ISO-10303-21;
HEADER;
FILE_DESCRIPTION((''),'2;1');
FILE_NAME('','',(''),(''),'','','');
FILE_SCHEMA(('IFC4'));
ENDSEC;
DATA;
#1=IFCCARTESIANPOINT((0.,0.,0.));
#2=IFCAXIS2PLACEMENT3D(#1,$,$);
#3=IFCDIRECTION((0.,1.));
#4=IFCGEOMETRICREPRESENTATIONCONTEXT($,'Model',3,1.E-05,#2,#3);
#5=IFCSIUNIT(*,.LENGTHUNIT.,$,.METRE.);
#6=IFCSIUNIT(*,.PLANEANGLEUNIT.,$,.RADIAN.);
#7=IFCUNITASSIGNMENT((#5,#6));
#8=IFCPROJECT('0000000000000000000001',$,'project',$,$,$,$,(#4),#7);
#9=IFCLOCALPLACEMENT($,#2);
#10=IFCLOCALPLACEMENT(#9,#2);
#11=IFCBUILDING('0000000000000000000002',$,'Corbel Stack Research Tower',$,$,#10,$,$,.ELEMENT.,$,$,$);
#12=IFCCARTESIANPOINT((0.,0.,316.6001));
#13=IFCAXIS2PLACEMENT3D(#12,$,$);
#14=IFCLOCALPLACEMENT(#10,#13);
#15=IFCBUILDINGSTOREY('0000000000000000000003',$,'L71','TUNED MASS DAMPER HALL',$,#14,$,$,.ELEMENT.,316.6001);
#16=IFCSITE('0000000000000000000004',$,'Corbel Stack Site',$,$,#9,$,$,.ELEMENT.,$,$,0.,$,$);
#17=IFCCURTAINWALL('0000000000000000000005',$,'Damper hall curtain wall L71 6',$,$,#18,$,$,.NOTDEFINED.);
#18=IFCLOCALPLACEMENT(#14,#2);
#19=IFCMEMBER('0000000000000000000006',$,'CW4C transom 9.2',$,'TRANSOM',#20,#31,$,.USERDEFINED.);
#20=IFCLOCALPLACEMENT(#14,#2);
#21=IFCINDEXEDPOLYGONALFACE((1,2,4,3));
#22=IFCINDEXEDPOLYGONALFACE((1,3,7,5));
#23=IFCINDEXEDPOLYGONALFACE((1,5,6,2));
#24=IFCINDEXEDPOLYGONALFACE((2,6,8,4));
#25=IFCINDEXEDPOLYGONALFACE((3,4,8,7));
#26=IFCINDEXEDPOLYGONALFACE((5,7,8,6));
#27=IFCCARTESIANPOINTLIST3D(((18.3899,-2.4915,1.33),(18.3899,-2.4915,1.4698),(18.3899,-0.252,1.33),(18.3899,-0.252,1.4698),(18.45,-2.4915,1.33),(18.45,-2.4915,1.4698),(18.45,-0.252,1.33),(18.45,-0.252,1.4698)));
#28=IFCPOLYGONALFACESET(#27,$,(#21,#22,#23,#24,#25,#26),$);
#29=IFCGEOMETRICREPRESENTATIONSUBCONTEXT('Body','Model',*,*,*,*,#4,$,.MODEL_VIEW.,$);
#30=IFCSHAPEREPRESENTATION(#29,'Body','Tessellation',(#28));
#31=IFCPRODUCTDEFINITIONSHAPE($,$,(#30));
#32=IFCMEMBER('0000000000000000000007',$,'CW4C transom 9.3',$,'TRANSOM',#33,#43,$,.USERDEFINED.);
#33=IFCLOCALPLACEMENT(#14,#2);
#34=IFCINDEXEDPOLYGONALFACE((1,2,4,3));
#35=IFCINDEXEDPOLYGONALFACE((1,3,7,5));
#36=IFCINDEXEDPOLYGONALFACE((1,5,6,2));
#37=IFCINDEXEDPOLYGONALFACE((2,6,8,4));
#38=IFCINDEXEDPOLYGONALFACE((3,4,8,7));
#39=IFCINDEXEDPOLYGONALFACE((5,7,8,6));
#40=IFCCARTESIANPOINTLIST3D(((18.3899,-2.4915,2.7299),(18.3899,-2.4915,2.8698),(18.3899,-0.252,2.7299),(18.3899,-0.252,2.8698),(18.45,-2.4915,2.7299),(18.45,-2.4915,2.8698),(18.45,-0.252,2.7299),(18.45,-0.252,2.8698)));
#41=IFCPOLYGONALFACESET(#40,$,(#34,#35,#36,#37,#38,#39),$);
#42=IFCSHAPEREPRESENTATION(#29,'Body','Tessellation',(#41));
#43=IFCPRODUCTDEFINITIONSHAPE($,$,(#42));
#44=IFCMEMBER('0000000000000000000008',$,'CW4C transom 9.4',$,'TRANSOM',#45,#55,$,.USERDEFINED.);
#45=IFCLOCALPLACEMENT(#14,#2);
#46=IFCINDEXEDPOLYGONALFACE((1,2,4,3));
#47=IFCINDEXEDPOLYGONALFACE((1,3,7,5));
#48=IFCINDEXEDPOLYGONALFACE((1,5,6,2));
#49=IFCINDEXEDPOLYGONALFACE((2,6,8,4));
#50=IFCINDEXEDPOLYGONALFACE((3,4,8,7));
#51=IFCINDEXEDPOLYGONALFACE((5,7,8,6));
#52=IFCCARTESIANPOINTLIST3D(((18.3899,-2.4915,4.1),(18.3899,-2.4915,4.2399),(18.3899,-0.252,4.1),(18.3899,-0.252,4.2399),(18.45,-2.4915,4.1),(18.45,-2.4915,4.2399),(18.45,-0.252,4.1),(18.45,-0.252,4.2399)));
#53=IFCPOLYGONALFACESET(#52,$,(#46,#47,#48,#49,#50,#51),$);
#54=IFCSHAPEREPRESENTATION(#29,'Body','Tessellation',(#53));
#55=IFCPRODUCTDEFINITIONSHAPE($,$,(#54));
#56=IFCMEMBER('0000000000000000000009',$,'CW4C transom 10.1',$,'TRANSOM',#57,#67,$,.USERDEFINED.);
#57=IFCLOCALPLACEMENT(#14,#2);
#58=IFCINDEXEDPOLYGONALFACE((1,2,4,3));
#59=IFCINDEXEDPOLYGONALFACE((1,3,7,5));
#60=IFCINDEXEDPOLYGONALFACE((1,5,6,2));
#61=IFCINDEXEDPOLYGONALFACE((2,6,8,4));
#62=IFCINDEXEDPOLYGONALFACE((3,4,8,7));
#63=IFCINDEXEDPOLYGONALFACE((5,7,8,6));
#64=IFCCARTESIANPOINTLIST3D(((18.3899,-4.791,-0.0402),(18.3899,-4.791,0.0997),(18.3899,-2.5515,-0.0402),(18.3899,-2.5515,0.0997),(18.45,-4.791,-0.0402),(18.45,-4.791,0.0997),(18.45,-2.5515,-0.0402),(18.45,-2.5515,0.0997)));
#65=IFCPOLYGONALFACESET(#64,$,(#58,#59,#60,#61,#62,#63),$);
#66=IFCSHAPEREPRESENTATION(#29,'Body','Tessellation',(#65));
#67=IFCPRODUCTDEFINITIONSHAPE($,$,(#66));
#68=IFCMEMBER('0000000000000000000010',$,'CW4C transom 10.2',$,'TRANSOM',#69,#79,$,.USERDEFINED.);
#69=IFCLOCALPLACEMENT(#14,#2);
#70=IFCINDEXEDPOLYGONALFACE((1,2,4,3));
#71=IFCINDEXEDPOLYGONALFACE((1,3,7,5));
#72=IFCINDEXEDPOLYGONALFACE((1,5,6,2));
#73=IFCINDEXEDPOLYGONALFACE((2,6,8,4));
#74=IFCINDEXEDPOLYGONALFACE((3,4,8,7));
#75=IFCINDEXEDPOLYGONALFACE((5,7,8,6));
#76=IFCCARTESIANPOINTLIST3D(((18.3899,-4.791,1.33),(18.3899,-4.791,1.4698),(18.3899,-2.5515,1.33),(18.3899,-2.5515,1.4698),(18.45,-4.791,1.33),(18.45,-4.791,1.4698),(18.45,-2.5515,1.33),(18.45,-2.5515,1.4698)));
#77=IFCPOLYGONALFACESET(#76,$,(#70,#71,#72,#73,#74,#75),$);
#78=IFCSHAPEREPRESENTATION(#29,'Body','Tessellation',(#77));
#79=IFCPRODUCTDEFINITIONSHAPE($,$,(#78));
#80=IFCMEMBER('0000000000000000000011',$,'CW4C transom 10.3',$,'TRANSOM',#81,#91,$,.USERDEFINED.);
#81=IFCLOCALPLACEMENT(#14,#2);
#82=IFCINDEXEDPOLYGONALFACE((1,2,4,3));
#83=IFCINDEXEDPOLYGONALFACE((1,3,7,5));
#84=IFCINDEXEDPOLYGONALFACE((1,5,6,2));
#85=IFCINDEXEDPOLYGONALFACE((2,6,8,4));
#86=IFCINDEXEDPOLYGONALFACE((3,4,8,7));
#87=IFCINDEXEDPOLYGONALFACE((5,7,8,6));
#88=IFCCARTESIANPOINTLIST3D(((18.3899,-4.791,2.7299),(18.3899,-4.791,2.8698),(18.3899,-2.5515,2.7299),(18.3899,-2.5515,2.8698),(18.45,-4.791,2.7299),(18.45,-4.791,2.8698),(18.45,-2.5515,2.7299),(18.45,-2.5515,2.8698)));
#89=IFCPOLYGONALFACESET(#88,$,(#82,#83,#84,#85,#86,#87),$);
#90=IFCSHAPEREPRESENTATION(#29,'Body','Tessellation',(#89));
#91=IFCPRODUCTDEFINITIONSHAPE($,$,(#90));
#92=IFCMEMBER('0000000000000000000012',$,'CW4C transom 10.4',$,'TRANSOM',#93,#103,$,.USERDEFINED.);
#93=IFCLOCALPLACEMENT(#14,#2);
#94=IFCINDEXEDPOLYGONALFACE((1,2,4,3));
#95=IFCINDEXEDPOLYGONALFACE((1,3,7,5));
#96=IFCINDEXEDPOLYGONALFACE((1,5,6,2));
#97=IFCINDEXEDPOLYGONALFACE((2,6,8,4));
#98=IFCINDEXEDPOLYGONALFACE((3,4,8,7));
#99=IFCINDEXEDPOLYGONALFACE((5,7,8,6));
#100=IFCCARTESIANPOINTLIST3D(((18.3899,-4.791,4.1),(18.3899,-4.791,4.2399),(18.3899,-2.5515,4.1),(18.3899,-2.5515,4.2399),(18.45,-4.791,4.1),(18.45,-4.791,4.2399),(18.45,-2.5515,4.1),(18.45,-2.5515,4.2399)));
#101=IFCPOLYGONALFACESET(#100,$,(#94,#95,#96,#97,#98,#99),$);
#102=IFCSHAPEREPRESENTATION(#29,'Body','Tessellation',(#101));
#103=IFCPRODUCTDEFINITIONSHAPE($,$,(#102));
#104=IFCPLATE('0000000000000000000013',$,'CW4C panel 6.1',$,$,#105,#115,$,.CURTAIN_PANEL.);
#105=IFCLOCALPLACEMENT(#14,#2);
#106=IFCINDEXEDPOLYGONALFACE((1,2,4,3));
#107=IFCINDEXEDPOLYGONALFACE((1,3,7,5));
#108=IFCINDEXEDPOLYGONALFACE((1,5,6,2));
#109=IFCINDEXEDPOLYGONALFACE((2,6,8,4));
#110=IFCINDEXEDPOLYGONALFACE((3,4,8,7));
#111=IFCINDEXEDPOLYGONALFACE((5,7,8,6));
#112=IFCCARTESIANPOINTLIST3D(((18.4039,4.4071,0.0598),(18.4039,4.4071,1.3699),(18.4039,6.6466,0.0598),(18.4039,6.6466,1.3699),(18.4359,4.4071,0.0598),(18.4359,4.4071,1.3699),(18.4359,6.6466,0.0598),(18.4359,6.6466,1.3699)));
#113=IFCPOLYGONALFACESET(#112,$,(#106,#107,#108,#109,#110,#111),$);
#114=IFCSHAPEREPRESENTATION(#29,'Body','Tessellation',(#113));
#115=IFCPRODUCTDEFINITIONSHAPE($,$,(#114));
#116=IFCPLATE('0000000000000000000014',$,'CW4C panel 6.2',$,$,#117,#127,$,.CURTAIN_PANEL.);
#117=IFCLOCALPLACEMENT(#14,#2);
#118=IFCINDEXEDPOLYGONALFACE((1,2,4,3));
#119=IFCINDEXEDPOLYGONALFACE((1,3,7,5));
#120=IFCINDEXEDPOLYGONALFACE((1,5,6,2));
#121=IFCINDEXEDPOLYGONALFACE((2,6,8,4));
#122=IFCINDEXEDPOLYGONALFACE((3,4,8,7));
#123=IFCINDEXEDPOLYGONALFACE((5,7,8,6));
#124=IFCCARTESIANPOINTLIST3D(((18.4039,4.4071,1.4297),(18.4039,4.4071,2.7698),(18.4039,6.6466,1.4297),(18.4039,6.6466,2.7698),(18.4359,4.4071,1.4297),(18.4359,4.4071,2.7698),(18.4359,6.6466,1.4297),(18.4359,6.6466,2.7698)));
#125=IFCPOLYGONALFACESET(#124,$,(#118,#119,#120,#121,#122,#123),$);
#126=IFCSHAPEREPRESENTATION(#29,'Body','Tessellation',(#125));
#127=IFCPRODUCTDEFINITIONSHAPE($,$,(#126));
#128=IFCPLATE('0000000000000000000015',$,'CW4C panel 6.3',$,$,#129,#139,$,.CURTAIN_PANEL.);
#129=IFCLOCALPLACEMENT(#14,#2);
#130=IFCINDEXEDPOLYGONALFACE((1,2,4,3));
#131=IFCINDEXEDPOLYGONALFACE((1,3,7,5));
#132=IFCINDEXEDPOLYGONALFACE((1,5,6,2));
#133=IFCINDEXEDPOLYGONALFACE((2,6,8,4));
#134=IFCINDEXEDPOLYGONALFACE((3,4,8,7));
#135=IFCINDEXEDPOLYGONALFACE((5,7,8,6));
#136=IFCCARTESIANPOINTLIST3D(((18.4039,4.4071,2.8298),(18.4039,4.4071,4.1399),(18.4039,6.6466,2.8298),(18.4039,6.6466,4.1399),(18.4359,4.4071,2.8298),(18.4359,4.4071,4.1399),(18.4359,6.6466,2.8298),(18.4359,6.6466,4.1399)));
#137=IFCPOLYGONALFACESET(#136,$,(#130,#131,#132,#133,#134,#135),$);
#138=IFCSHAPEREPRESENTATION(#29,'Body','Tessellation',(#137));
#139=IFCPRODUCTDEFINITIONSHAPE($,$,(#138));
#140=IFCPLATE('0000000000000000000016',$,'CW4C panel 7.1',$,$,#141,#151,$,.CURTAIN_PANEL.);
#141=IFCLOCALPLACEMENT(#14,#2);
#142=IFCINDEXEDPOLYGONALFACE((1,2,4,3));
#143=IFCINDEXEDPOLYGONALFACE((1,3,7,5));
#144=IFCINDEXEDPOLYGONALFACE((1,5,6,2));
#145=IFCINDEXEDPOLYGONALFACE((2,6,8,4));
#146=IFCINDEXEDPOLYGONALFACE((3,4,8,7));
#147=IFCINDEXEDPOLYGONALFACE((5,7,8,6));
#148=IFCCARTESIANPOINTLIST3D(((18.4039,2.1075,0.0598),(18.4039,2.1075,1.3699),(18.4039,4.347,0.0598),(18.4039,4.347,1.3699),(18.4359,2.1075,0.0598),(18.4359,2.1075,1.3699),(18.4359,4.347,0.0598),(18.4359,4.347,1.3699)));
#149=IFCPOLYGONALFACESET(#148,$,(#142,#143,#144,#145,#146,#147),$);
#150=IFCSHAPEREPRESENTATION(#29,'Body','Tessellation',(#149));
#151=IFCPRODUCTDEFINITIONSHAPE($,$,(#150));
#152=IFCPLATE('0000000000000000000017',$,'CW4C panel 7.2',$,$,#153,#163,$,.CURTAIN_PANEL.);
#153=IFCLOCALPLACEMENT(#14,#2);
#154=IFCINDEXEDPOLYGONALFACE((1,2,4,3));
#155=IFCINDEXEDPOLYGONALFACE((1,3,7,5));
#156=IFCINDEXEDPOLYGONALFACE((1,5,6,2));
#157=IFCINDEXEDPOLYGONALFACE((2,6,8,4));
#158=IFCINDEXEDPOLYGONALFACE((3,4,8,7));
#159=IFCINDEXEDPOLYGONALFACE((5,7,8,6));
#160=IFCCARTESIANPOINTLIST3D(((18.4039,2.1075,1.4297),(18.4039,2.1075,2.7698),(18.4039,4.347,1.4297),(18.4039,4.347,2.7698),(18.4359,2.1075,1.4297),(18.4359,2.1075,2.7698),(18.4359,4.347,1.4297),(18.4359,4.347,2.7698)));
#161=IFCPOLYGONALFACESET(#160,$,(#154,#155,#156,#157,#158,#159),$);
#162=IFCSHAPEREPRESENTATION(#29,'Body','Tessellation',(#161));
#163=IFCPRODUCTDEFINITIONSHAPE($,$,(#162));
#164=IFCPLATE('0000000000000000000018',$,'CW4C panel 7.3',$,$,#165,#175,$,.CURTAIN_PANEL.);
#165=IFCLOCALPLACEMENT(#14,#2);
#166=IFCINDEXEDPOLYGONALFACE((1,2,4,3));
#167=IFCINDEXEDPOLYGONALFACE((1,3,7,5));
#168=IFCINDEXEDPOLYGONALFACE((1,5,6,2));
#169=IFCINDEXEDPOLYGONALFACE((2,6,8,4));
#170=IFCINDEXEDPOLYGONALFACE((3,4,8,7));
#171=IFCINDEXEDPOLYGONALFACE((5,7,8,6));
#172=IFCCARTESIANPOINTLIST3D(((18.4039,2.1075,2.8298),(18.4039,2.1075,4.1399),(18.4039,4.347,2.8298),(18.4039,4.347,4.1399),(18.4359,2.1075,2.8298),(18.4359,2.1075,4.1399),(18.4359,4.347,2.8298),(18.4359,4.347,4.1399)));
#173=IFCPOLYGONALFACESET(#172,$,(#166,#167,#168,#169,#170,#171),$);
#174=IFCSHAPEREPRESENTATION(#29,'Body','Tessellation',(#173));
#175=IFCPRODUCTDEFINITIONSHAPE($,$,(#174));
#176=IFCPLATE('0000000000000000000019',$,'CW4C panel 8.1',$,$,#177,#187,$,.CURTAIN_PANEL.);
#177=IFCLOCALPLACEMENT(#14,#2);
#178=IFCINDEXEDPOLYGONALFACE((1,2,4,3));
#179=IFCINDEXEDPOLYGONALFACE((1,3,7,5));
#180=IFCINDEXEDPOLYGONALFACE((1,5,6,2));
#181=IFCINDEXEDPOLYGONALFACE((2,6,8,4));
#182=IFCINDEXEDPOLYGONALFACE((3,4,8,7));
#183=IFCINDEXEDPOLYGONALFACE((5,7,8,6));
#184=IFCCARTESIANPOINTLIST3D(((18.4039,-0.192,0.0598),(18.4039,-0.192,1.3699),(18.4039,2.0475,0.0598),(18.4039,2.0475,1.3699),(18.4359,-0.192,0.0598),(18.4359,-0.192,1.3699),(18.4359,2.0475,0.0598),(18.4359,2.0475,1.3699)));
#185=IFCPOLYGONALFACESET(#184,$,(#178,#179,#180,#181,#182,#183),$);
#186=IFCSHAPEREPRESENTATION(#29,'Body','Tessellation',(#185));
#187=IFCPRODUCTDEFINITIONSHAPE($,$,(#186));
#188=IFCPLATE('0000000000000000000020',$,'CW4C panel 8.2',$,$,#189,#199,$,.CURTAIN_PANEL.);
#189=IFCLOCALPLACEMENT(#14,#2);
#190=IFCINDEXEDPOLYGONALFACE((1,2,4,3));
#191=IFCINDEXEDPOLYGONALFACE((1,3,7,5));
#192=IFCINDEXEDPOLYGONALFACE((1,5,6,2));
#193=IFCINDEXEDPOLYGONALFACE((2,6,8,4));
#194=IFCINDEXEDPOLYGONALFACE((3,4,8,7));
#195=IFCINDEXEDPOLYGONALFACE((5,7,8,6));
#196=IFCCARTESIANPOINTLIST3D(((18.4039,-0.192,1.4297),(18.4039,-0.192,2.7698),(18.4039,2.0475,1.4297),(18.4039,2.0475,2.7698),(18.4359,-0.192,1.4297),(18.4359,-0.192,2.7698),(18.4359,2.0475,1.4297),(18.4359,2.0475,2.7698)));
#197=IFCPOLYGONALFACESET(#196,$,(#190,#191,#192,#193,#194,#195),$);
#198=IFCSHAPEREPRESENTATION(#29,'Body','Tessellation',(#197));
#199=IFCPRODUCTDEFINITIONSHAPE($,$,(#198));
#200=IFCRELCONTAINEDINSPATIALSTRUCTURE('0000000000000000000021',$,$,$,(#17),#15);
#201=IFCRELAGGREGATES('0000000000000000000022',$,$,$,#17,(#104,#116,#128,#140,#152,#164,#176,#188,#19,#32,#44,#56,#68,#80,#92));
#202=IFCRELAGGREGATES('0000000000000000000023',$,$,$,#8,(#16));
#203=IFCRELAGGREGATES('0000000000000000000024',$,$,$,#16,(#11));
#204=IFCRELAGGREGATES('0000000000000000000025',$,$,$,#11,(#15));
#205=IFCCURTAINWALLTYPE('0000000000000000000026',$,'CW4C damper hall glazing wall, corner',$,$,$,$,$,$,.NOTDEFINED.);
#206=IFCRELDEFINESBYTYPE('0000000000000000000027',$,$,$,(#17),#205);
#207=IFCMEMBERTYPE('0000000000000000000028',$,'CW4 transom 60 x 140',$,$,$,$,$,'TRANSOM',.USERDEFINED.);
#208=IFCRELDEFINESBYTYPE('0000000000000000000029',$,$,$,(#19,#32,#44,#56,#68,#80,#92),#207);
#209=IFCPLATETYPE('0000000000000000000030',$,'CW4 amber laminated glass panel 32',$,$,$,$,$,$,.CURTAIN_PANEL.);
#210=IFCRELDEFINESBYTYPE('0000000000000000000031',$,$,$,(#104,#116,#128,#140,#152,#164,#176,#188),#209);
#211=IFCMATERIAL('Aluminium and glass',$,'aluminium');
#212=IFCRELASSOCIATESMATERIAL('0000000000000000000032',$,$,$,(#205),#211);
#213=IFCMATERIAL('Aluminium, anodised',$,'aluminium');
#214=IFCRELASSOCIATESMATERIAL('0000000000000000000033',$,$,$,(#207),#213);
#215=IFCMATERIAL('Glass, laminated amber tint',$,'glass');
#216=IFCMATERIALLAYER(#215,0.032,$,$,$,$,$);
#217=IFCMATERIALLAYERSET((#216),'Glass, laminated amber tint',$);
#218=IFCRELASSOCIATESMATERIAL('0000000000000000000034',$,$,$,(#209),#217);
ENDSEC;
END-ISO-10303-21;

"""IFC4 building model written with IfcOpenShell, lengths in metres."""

from ifc_helpers import new_model, si_unit, direction, frame, origin, origin_2d, place, context, subcontext, project, spatial, rectangle, extrude, material, layer, layer_set, material_profile, profile_set, type_object, element, aggregate, save


model = new_model("IFC4")

# Units and contexts
model_context = context("Model", 3, precision=1e-05, world=origin(), true_north=direction((0.0, 1.0)))
body_context = subcontext(model_context, "Body", "Model", "MODEL_VIEW")
ifc_project = project(units=[si_unit("LENGTHUNIT", "METRE"), si_unit("PLANEANGLEUNIT", "RADIAN")], contexts=[model_context])

# Site, building, storey
site_placement = place(None, origin())
site = spatial("IfcSite", under=ifc_project, at=site_placement, Name="Corbel Stack Site", CompositionType="ELEMENT", RefElevation=0.0)
building_placement = place(site_placement, origin())
building = spatial("IfcBuilding", under=site, at=building_placement, Name="Corbel Stack Research Tower", CompositionType="ELEMENT")
storey_placement = place(building_placement, frame((0.0, 0.0, 316.6001)))
storey = spatial("IfcBuildingStorey", under=building, at=storey_placement, Name="L71", Description="TUNED MASS DAMPER HALL", CompositionType="ELEMENT", Elevation=316.6001)

# Curtain wall, members, plates
ifc_material_1 = material(Name="Aluminium and glass", Category="aluminium")
curtain_wall_type = type_object("IfcCurtainWallType", Name="CW4C damper hall glazing wall, corner", PredefinedType="NOTDEFINED", material=ifc_material_1)
curtain_wall_placement = place(storey_placement, origin())
curtain_wall = element("IfcCurtainWall", 1, at=curtain_wall_placement, inside=storey, type_object=curtain_wall_type, Name="Damper hall curtain wall L71 6", PredefinedType="NOTDEFINED")
ifc_material_2 = material(Name="Aluminium, anodised", Category="aluminium")
ifc_material_profile_1 = material_profile(ifc_material_2, rectangle(XDim=0.0601, YDim=0.1399, at=origin_2d()), Name="CW4 transom 60 x 140")
ifc_profile_set_1 = profile_set([ifc_material_profile_1], Name="Aluminium, anodised")
member_type_1 = type_object("IfcMemberType", Name="CW4 transom 60 x 140", ElementType="TRANSOM", PredefinedType="USERDEFINED", material=ifc_profile_set_1)
member_1_placement = place(storey_placement, frame((18.4199, -0.252, 1.3999), z_axis=(0.0, -1.0, 0.0), x_axis=(1.0, 0.0, 0.0)))
member_1 = element("IfcMember", 2, at=member_1_placement, type_object=member_type_1, Name="CW4C transom 9.2", ObjectType="TRANSOM", PredefinedType="USERDEFINED", context=body_context, shape_type="SweptSolid", body=[
    extrude(rectangle(XDim=0.0601, YDim=0.1399, at=origin_2d()), origin(), (0.0, 0.0, 1.0), 2.2395),
])
member_2_placement = place(storey_placement, frame((18.4199, -0.252, 2.7998), z_axis=(0.0, -1.0, 0.0), x_axis=(1.0, 0.0, 0.0)))
member_2 = element("IfcMember", 3, at=member_2_placement, type_object=member_type_1, Name="CW4C transom 9.3", ObjectType="TRANSOM", PredefinedType="USERDEFINED", context=body_context, shape_type="SweptSolid", body=[
    extrude(rectangle(XDim=0.0601, YDim=0.1399, at=origin_2d()), origin(), (0.0, 0.0, 1.0), 2.2395),
])
member_3_placement = place(storey_placement, frame((18.4199, -0.252, 4.1699), z_axis=(0.0, -1.0, 0.0), x_axis=(1.0, 0.0, 0.0)))
member_3 = element("IfcMember", 4, at=member_3_placement, type_object=member_type_1, Name="CW4C transom 9.4", ObjectType="TRANSOM", PredefinedType="USERDEFINED", context=body_context, shape_type="SweptSolid", body=[
    extrude(rectangle(XDim=0.0601, YDim=0.1399, at=origin_2d()), origin(), (0.0, 0.0, 1.0), 2.2395),
])
member_4_placement = place(storey_placement, frame((18.4199, -2.5515, 0.0298), z_axis=(0.0, -1.0, 0.0), x_axis=(1.0, 0.0, 0.0)))
member_4 = element("IfcMember", 5, at=member_4_placement, type_object=member_type_1, Name="CW4C transom 10.1", ObjectType="TRANSOM", PredefinedType="USERDEFINED", context=body_context, shape_type="SweptSolid", body=[
    extrude(rectangle(XDim=0.0601, YDim=0.1399, at=origin_2d()), origin(), (0.0, 0.0, 1.0), 2.2395),
])
member_5_placement = place(storey_placement, frame((18.4199, -2.5515, 1.3999), z_axis=(0.0, -1.0, 0.0), x_axis=(1.0, 0.0, 0.0)))
member_5 = element("IfcMember", 6, at=member_5_placement, type_object=member_type_1, Name="CW4C transom 10.2", ObjectType="TRANSOM", PredefinedType="USERDEFINED", context=body_context, shape_type="SweptSolid", body=[
    extrude(rectangle(XDim=0.0601, YDim=0.1399, at=origin_2d()), origin(), (0.0, 0.0, 1.0), 2.2395),
])
member_6_placement = place(storey_placement, frame((18.4199, -2.5515, 2.7998), z_axis=(0.0, -1.0, 0.0), x_axis=(1.0, 0.0, 0.0)))
member_6 = element("IfcMember", 7, at=member_6_placement, type_object=member_type_1, Name="CW4C transom 10.3", ObjectType="TRANSOM", PredefinedType="USERDEFINED", context=body_context, shape_type="SweptSolid", body=[
    extrude(rectangle(XDim=0.0601, YDim=0.1399, at=origin_2d()), origin(), (0.0, 0.0, 1.0), 2.2395),
])
member_7_placement = place(storey_placement, frame((18.4199, -2.5515, 4.1699), z_axis=(0.0, -1.0, 0.0), x_axis=(1.0, 0.0, 0.0)))
member_7 = element("IfcMember", 8, at=member_7_placement, type_object=member_type_1, Name="CW4C transom 10.4", ObjectType="TRANSOM", PredefinedType="USERDEFINED", context=body_context, shape_type="SweptSolid", body=[
    extrude(rectangle(XDim=0.0601, YDim=0.1399, at=origin_2d()), origin(), (0.0, 0.0, 1.0), 2.2395),
])
ifc_material_3 = material(Name="Glass, laminated amber tint", Category="glass")
ifc_layer = layer(ifc_material_3, 0.032)
ifc_layer_set = layer_set([ifc_layer], Name="Glass, laminated amber tint")
plate_type = type_object("IfcPlateType", Name="CW4 amber laminated glass panel 32", PredefinedType="CURTAIN_PANEL", material=ifc_layer_set)
plate_1_placement = place(storey_placement, frame((18.4199, 5.5269, 0.0598), z_axis=(0.0, 0.0, 1.0), x_axis=(0.0, -1.0, 0.0)))
plate_1 = element("IfcPlate", 9, at=plate_1_placement, type_object=plate_type, Name="CW4C panel 6.1", PredefinedType="CURTAIN_PANEL", context=body_context, shape_type="SweptSolid", body=[
    extrude(rectangle(XDim=2.2395, YDim=0.032, at=origin_2d()), origin(), (0.0, 0.0, 1.0), 1.3101),
])
plate_2_placement = place(storey_placement, frame((18.4199, 5.5269, 1.4297), z_axis=(0.0, 0.0, 1.0), x_axis=(0.0, -1.0, 0.0)))
plate_2 = element("IfcPlate", 10, at=plate_2_placement, type_object=plate_type, Name="CW4C panel 6.2", PredefinedType="CURTAIN_PANEL", context=body_context, shape_type="SweptSolid", body=[
    extrude(rectangle(XDim=2.2395, YDim=0.032, at=origin_2d()), origin(), (0.0, 0.0, 1.0), 1.3401),
])
plate_3_placement = place(storey_placement, frame((18.4199, 5.5269, 2.8298), z_axis=(0.0, 0.0, 1.0), x_axis=(0.0, -1.0, 0.0)))
plate_3 = element("IfcPlate", 11, at=plate_3_placement, type_object=plate_type, Name="CW4C panel 6.3", PredefinedType="CURTAIN_PANEL", context=body_context, shape_type="SweptSolid", body=[
    extrude(rectangle(XDim=2.2395, YDim=0.032, at=origin_2d()), origin(), (0.0, 0.0, 1.0), 1.3101),
])
plate_4_placement = place(storey_placement, frame((18.4199, 3.2273, 0.0598), z_axis=(0.0, 0.0, 1.0), x_axis=(0.0, -1.0, 0.0)))
plate_4 = element("IfcPlate", 12, at=plate_4_placement, type_object=plate_type, Name="CW4C panel 7.1", PredefinedType="CURTAIN_PANEL", context=body_context, shape_type="SweptSolid", body=[
    extrude(rectangle(XDim=2.2395, YDim=0.032, at=origin_2d()), origin(), (0.0, 0.0, 1.0), 1.3101),
])
plate_5_placement = place(storey_placement, frame((18.4199, 3.2273, 1.4297), z_axis=(0.0, 0.0, 1.0), x_axis=(0.0, -1.0, 0.0)))
plate_5 = element("IfcPlate", 13, at=plate_5_placement, type_object=plate_type, Name="CW4C panel 7.2", PredefinedType="CURTAIN_PANEL", context=body_context, shape_type="SweptSolid", body=[
    extrude(rectangle(XDim=2.2395, YDim=0.032, at=origin_2d()), origin(), (0.0, 0.0, 1.0), 1.3401),
])
plate_6_placement = place(storey_placement, frame((18.4199, 3.2273, 2.8298), z_axis=(0.0, 0.0, 1.0), x_axis=(0.0, -1.0, 0.0)))
plate_6 = element("IfcPlate", 14, at=plate_6_placement, type_object=plate_type, Name="CW4C panel 7.3", PredefinedType="CURTAIN_PANEL", context=body_context, shape_type="SweptSolid", body=[
    extrude(rectangle(XDim=2.2395, YDim=0.032, at=origin_2d()), origin(), (0.0, 0.0, 1.0), 1.3101),
])
plate_7_placement = place(storey_placement, frame((18.4199, 0.9277, 0.0598), z_axis=(0.0, 0.0, 1.0), x_axis=(0.0, -1.0, 0.0)))
plate_7 = element("IfcPlate", 15, at=plate_7_placement, type_object=plate_type, Name="CW4C panel 8.1", PredefinedType="CURTAIN_PANEL", context=body_context, shape_type="SweptSolid", body=[
    extrude(rectangle(XDim=2.2395, YDim=0.032, at=origin_2d()), origin(), (0.0, 0.0, 1.0), 1.3101),
])
plate_8_placement = place(storey_placement, frame((18.4199, 0.9277, 1.4297), z_axis=(0.0, 0.0, 1.0), x_axis=(0.0, -1.0, 0.0)))
plate_8 = element("IfcPlate", 16, at=plate_8_placement, type_object=plate_type, Name="CW4C panel 8.2", PredefinedType="CURTAIN_PANEL", context=body_context, shape_type="SweptSolid", body=[
    extrude(rectangle(XDim=2.2395, YDim=0.032, at=origin_2d()), origin(), (0.0, 0.0, 1.0), 1.3401),
])
aggregate(curtain_wall, [plate_1, plate_2, plate_3, plate_4, plate_5, plate_6, plate_7, plate_8, member_1, member_2, member_3, member_4, member_5, member_6, member_7])

save(model, "model.ifc")
